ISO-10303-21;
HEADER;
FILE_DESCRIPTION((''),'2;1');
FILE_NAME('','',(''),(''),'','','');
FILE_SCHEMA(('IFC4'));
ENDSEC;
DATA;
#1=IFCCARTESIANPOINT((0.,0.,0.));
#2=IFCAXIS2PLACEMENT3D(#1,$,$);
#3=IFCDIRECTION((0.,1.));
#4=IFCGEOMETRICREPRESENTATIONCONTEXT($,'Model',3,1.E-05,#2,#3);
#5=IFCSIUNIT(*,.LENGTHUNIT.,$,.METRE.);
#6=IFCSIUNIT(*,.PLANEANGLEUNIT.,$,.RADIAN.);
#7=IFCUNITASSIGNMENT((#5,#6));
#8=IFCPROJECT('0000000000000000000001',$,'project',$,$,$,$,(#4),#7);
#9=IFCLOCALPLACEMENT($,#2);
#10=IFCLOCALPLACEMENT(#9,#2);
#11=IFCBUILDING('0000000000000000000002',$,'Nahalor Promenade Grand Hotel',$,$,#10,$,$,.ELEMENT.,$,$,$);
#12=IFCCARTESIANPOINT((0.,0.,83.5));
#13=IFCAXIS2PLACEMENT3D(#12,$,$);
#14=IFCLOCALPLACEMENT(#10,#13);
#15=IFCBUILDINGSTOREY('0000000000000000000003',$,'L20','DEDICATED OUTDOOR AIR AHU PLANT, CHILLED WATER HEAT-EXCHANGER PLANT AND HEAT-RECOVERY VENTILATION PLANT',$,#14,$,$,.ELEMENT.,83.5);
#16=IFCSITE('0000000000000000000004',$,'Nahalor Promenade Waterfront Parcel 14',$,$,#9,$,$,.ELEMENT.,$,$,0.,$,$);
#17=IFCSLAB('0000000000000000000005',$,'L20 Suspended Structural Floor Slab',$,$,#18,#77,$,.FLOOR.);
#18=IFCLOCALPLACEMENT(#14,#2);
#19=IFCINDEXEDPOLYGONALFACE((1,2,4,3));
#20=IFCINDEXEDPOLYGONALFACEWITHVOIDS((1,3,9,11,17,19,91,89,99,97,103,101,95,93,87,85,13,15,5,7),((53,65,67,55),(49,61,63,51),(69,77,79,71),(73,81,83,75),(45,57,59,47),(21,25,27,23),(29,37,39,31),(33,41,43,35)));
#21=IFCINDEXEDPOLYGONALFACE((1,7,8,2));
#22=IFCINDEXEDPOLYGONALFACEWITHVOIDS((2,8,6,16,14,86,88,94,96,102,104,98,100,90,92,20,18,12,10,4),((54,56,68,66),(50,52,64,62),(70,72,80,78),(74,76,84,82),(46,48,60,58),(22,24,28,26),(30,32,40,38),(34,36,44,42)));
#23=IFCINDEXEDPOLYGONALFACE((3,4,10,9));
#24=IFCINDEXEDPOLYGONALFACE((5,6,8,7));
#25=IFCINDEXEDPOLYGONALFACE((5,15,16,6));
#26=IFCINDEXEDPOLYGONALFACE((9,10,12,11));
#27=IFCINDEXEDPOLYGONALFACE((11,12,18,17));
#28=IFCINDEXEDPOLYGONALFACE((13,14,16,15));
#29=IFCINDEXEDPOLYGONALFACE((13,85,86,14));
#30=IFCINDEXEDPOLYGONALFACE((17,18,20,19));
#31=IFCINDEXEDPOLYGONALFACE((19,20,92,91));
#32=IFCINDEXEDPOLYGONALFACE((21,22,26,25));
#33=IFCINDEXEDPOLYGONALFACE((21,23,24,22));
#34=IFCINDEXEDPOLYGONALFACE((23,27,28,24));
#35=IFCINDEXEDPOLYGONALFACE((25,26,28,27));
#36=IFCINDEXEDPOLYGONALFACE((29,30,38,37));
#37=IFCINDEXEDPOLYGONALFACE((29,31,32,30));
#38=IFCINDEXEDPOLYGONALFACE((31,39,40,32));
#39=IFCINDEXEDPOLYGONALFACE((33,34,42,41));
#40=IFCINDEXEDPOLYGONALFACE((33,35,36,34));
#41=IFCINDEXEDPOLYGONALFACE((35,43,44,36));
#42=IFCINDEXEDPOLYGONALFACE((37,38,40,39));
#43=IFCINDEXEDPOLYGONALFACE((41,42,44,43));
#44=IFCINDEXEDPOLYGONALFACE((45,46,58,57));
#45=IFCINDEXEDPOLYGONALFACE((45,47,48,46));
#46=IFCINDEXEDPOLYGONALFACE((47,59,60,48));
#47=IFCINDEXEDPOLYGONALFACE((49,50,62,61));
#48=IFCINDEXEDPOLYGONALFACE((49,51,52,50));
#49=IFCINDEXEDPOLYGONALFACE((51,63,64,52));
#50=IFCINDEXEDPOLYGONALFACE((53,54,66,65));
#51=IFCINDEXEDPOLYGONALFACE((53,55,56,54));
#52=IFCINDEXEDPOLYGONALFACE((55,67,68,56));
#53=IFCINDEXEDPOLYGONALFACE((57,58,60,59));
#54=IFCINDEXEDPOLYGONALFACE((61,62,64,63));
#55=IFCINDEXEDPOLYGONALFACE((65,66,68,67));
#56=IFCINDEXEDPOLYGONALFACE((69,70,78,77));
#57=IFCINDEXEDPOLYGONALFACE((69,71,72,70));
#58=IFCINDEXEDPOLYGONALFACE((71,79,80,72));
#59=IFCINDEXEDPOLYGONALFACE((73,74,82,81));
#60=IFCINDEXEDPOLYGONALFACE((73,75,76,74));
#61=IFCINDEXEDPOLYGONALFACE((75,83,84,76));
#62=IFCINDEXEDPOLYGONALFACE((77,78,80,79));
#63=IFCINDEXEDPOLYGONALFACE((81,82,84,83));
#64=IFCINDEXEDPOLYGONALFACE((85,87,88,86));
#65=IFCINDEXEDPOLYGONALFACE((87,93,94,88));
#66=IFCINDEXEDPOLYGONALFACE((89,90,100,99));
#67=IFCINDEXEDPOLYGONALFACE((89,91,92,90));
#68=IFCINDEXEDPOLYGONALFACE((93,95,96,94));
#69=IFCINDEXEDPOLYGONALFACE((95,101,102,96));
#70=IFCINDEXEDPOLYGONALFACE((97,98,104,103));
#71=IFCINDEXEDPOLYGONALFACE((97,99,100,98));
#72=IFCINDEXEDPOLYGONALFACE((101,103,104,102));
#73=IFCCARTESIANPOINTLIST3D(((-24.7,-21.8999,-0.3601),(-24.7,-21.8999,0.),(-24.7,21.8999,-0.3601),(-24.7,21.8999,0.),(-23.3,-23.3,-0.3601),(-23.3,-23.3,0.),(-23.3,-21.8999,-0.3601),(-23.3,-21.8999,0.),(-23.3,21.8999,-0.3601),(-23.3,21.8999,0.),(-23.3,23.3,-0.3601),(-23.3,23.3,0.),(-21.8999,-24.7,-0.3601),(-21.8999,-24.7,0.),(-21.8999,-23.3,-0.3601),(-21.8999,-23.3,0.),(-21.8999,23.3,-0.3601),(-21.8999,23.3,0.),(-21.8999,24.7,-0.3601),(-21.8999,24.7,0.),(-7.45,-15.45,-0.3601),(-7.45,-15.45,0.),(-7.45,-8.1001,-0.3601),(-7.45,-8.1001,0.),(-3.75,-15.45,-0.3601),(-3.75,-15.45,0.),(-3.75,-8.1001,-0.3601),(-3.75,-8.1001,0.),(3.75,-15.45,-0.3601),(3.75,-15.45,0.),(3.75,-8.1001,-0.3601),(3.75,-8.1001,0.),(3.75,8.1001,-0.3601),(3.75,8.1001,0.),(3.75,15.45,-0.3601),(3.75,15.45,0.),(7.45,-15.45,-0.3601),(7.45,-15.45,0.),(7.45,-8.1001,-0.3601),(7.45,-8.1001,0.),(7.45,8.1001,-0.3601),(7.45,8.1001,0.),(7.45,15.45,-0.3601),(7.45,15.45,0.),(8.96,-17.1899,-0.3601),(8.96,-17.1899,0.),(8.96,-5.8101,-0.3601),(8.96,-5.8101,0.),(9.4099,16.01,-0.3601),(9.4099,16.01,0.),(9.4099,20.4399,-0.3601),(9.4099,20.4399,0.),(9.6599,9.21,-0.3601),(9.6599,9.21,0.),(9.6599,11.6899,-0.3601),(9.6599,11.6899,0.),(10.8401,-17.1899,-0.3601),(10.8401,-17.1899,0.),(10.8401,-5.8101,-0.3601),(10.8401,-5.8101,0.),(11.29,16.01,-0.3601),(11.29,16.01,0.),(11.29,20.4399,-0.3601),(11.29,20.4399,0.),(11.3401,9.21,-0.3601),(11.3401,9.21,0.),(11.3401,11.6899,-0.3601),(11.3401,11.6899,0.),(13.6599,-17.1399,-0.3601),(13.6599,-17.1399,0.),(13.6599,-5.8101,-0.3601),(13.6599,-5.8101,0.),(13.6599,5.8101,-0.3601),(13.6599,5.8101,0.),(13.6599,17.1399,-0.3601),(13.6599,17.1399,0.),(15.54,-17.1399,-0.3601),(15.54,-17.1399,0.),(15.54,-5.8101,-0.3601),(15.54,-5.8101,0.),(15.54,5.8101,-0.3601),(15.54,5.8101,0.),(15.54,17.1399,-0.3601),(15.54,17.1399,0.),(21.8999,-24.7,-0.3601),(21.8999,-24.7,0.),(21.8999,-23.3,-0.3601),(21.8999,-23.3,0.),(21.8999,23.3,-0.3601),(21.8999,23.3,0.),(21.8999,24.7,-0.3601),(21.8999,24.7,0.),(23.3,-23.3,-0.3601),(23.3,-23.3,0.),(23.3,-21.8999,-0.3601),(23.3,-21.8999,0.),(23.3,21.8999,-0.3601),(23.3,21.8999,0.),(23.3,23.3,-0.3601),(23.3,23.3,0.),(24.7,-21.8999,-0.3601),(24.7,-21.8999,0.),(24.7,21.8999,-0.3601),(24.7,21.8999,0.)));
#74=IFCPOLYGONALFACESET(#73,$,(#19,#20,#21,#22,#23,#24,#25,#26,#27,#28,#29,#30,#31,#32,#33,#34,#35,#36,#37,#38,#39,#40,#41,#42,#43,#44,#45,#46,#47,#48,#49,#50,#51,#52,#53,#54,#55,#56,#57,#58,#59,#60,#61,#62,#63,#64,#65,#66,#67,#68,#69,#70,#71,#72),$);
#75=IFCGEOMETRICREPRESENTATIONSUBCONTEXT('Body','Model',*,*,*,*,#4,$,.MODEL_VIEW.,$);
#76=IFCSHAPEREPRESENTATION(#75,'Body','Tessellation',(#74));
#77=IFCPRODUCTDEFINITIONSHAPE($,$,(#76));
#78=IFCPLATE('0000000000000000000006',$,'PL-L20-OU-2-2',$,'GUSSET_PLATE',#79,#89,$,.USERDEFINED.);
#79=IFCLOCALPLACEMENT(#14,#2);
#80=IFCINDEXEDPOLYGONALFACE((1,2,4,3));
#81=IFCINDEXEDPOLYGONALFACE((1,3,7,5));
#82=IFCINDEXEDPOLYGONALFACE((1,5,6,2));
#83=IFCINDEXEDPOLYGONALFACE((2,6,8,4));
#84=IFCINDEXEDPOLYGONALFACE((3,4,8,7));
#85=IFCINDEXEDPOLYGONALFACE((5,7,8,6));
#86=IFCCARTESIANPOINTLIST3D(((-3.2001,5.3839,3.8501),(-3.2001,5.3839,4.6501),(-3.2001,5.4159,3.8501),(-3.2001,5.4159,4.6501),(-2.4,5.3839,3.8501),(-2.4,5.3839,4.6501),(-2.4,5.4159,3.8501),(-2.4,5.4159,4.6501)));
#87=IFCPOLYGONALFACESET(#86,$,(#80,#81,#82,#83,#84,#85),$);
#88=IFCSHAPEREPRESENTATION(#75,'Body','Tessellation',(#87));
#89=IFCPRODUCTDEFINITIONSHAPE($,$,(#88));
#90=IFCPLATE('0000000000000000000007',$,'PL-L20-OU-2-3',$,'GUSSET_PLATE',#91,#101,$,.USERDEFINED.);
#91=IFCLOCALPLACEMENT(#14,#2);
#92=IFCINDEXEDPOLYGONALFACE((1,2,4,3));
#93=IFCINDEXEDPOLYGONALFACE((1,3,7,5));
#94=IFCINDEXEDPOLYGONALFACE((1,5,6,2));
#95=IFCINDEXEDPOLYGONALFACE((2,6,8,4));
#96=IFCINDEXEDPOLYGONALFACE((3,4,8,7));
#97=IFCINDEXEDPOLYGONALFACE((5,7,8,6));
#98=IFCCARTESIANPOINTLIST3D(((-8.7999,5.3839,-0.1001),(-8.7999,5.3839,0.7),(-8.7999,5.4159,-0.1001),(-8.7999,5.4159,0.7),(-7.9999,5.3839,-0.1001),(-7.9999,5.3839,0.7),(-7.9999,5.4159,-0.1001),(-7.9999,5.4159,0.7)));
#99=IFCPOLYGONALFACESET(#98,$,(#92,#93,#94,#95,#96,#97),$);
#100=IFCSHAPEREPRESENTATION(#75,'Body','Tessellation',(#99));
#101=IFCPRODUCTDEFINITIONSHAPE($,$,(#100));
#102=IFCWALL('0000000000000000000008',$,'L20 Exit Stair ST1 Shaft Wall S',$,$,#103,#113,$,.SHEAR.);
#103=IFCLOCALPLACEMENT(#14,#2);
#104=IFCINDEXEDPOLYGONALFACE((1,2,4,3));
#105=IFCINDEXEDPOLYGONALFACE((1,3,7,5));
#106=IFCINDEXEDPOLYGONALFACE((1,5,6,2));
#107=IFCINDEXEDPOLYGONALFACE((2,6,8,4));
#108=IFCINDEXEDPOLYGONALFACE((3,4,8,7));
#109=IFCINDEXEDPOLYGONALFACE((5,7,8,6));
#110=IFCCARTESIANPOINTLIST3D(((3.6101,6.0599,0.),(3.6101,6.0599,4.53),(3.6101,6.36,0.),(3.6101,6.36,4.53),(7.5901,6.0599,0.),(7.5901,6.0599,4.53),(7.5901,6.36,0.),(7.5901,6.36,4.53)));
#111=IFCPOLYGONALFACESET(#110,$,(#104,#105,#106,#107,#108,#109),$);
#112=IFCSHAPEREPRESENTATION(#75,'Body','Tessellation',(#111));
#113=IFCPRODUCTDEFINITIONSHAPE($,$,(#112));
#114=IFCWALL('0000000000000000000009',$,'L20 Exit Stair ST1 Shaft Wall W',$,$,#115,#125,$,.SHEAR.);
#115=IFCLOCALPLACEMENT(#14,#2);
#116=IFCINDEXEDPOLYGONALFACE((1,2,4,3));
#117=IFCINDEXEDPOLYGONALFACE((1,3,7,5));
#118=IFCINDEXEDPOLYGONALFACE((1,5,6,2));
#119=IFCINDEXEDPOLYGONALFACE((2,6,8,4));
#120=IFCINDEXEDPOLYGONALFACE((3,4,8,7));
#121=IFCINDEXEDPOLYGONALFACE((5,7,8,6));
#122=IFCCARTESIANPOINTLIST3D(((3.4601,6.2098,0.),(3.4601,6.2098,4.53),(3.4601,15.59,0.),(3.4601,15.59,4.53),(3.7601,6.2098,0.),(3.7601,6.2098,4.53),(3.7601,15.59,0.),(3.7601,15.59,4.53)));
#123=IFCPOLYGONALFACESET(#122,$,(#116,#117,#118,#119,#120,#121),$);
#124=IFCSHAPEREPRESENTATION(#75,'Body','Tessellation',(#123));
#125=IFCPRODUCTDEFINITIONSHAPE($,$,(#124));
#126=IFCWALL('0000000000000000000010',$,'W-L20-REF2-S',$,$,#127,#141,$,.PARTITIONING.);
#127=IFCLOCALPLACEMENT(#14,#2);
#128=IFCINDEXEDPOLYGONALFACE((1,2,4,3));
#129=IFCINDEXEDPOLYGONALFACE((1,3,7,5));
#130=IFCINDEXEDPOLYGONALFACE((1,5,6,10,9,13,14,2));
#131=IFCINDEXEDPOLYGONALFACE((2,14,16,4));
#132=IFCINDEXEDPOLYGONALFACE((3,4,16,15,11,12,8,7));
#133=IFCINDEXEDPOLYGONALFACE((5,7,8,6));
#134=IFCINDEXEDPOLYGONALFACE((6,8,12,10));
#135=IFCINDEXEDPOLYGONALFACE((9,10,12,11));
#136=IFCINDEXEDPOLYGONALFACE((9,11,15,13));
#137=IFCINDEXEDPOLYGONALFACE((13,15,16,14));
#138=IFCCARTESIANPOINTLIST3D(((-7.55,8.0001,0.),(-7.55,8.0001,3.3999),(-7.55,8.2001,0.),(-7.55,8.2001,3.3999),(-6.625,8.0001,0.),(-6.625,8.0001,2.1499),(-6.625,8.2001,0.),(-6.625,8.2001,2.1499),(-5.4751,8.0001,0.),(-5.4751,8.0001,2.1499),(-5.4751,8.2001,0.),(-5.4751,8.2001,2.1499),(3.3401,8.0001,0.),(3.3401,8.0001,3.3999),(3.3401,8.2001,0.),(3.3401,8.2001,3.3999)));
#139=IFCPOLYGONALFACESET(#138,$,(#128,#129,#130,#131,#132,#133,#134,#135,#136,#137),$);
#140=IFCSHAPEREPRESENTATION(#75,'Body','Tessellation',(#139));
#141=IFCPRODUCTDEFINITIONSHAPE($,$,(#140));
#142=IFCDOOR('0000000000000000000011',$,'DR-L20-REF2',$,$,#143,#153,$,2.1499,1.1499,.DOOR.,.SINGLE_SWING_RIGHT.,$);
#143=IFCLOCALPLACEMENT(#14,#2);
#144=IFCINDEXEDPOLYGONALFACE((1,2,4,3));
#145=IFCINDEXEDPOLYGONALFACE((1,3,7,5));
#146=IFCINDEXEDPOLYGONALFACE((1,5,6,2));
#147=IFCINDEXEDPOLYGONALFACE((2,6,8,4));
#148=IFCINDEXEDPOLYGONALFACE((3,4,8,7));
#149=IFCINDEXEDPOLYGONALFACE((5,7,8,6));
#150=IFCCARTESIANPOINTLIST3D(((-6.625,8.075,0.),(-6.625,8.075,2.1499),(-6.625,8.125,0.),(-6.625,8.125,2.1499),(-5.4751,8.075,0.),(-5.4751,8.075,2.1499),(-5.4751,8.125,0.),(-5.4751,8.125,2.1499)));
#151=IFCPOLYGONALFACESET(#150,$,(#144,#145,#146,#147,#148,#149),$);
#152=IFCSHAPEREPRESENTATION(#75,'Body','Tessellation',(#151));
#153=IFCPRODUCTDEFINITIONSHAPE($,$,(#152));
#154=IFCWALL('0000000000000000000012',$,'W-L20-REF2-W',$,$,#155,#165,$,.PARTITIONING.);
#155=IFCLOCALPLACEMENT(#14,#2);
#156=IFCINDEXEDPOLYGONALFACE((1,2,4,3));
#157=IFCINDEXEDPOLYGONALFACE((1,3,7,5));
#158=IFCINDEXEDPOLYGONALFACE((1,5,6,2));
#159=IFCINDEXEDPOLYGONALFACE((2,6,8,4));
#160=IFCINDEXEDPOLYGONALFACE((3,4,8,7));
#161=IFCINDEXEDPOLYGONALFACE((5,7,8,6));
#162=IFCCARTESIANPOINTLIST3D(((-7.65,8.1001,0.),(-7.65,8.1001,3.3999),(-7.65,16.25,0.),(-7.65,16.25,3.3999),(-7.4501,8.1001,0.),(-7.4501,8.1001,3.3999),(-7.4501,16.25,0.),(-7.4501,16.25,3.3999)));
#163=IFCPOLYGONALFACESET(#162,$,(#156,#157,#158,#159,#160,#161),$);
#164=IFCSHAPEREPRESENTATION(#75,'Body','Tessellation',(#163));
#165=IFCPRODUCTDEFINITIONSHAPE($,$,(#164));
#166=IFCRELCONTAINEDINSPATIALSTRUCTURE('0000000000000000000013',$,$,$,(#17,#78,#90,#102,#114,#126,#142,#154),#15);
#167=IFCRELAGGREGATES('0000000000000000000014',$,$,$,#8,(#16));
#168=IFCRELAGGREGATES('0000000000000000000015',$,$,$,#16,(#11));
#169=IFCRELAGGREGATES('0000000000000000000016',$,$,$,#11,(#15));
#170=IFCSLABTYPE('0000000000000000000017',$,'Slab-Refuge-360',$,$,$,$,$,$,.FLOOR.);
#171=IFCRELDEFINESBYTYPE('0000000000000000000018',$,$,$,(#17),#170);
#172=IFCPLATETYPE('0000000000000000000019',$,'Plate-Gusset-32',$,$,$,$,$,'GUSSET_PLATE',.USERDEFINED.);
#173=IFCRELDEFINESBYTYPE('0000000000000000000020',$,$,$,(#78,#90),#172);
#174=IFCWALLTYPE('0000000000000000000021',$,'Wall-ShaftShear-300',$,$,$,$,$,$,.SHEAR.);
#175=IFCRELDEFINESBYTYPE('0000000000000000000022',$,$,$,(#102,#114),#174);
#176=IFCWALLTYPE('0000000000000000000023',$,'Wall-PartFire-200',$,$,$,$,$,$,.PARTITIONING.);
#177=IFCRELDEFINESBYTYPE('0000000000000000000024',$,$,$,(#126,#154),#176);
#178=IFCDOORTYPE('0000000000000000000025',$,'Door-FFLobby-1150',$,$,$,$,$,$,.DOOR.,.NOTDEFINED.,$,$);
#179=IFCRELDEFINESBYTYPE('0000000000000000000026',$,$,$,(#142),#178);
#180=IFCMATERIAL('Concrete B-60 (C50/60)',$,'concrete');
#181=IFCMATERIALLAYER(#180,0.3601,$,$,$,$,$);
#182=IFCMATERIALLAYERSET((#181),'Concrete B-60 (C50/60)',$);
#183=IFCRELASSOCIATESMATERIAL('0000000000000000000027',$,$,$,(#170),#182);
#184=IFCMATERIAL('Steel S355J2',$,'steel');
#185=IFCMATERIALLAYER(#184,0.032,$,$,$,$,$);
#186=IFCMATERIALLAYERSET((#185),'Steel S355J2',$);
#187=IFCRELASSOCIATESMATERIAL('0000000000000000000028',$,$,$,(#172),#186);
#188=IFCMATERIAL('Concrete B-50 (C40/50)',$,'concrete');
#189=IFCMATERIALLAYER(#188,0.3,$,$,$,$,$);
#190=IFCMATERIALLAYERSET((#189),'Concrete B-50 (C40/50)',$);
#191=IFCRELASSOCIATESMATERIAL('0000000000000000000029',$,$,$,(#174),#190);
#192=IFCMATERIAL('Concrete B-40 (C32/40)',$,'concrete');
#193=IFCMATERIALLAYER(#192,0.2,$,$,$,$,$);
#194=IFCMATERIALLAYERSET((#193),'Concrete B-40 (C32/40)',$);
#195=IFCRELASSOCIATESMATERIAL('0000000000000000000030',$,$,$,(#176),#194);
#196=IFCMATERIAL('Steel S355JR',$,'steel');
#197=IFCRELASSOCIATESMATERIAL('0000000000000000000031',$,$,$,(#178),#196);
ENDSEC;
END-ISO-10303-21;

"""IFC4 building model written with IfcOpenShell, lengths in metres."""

from ifc_helpers import new_model, si_unit, direction, frame, frame_2d, origin, origin_2d, place, context, subcontext, project, spatial, polyline, rectangle, outline, extrude, source, transform, mapped, material, layer, layer_set, type_object, element, fill, save


model = new_model("IFC4")

# Units and contexts
model_context = context("Model", 3, precision=1e-05, world=origin(), true_north=direction((0.0, 1.0)))
body_context = subcontext(model_context, "Body", "Model", "MODEL_VIEW")
ifc_project = project(units=[si_unit("LENGTHUNIT", "METRE"), si_unit("PLANEANGLEUNIT", "RADIAN")], contexts=[model_context])

# Site, building, storey
site_placement = place(None, origin())
site = spatial("IfcSite", under=ifc_project, at=site_placement, Name="Nahalor Promenade Waterfront Parcel 14", CompositionType="ELEMENT", RefElevation=0.0)
building_placement = place(site_placement, origin())
building = spatial("IfcBuilding", under=site, at=building_placement, Name="Nahalor Promenade Grand Hotel", CompositionType="ELEMENT")
storey_placement = place(building_placement, frame((0.0, 0.0, 83.5)))
storey = spatial("IfcBuildingStorey", under=building, at=storey_placement, Name="L20", Description="DEDICATED OUTDOOR AIR AHU PLANT, CHILLED WATER HEAT-EXCHANGER PLANT AND HEAT-RECOVERY VENTILATION PLANT", CompositionType="ELEMENT", Elevation=83.5)

# Shared definitions
ifc_material_1 = material(Name="Steel S355JR", Category="steel")

# Shared definitions
ifc_material_2 = material(Name="Steel S355J2", Category="steel")

# Shared definitions
ifc_material_3 = material(Name="Concrete B-50 (C40/50)", Category="concrete")

# Slab
ifc_material_4 = material(Name="Concrete B-60 (C50/60)", Category="concrete")
ifc_layer_1 = layer(ifc_material_4, 0.3601)
ifc_layer_set_1 = layer_set([ifc_layer_1], Name="Concrete B-60 (C50/60)")
slab_type_1 = type_object("IfcSlabType", Name="Slab-Refuge-360", PredefinedType="FLOOR", material=ifc_layer_set_1)
slab_1_placement = place(storey_placement, frame((0.0, 0.0, -0.3601)))
element("IfcSlab", 1, at=slab_1_placement, inside=storey, type_object=slab_type_1, Name="L20 Suspended Structural Floor Slab", PredefinedType="FLOOR", context=body_context, shape_type="SweptSolid", body=[
    extrude(outline(polyline([(-21.8999, -24.7), (21.8999, -24.7), (21.8999, -23.3), (23.3, -23.3), (23.3, -21.8999), (24.7, -21.8999), (24.7, 21.8999), (23.3, 21.8999), (23.3, 23.3), (21.8999, 23.3), (21.8999, 24.7), (-21.8999, 24.7), (-21.8999, 23.3), (-23.3, 23.3), (-23.3, 21.8999), (-24.7, 21.8999), (-24.7, -21.8999), (-23.3, -21.8999), (-23.3, -23.3), (-21.8999, -23.3), (-21.8999, -24.7)]), holes=[polyline([(3.75, 8.1001), (7.45, 8.1001), (7.45, 15.45), (3.75, 15.45), (3.75, 8.1001)]), polyline([(3.75, -15.45), (7.45, -15.45), (7.45, -8.1001), (3.75, -8.1001), (3.75, -15.45)]), polyline([(-7.45, -15.45), (-3.75, -15.45), (-3.75, -8.1001), (-7.45, -8.1001), (-7.45, -15.45)]), polyline([(13.6599, 5.8101), (15.54, 5.8101), (15.54, 17.1399), (13.6599, 17.1399), (13.6599, 5.8101)]), polyline([(13.6599, -17.1399), (15.54, -17.1399), (15.54, -5.8101), (13.6599, -5.8101), (13.6599, -17.1399)]), polyline([(8.96, -17.1899), (10.8401, -17.1899), (10.8401, -5.8101), (8.96, -5.8101), (8.96, -17.1899)]), polyline([(9.4099, 16.01), (11.29, 16.01), (11.29, 20.4399), (9.4099, 20.4399), (9.4099, 16.01)]), polyline([(9.6599, 9.21), (11.3401, 9.21), (11.3401, 11.6899), (9.6599, 11.6899), (9.6599, 9.21)])]), origin(), (0.0, 0.0, 1.0), 0.3601),
])

# Plates
ifc_layer_2 = layer(ifc_material_2, 0.032)
ifc_layer_set_2 = layer_set([ifc_layer_2], Name="Steel S355J2")
plate_type = type_object("IfcPlateType", Name="Plate-Gusset-32", ElementType="GUSSET_PLATE", PredefinedType="USERDEFINED", material=ifc_layer_set_2)
shared_shape_1 = source(origin(), body_context, "Body", "SweptSolid", [
    extrude(rectangle(XDim=0.8, YDim=0.032, at=origin_2d()), origin(), (0.0, 0.0, 1.0), 0.8),
])
for number, where, z_axis, x_axis, name in (
    (2, (-2.8, 5.3999, 3.8501), (0.0, 0.0, 1.0), (1.0, 0.0, 0.0), "PL-L20-OU-2-2"),
    (3, (-8.3999, 5.3999, -0.1001), (0.0, 0.0, 1.0), (1.0, 0.0, 0.0), "PL-L20-OU-2-3"),
):
    element("IfcPlate", number, at=place(storey_placement, frame(where, z_axis=z_axis, x_axis=x_axis)), inside=storey, type_object=plate_type, Name=name, ObjectType="GUSSET_PLATE", PredefinedType="USERDEFINED", context=body_context, shape_type="MappedRepresentation", body=[
        mapped(shared_shape_1, transform((0.0, 0.0, 0.0), scale=1.0)),
    ])

# Walls
ifc_layer_3 = layer(ifc_material_3, 0.3)
ifc_layer_set_3 = layer_set([ifc_layer_3], Name="Concrete B-50 (C40/50)")
wall_type_1 = type_object("IfcWallType", Name="Wall-ShaftShear-300", PredefinedType="SHEAR", material=ifc_layer_set_3)
shared_shape_2 = source(origin(), body_context, "Body", "SweptSolid", [
    extrude(rectangle(XDim=3.98, YDim=0.3, at=frame_2d((1.99, 0.0))), origin(), (0.0, 0.0, 1.0), 4.53),
])
wall_1_placement = place(storey_placement, frame((3.6101, 6.21, 0.0), z_axis=(0.0, 0.0, 1.0), x_axis=(1.0, 0.0, 0.0)))
element("IfcWall", 4, at=wall_1_placement, inside=storey, type_object=wall_type_1, Name="L20 Exit Stair ST1 Shaft Wall S", PredefinedType="SHEAR", context=body_context, shape_type="MappedRepresentation", body=[
    mapped(shared_shape_2, transform((0.0, 0.0, 0.0), scale=1.0)),
])
shared_shape_3 = source(origin(), body_context, "Body", "SweptSolid", [
    extrude(rectangle(XDim=9.3801, YDim=0.3, at=frame_2d((4.6899, 0.0))), origin(), (0.0, 0.0, 1.0), 4.53),
])
wall_2_placement = place(storey_placement, frame((3.6101, 6.21, 0.0), z_axis=(0.0, 0.0, 1.0), x_axis=(0.0, 1.0, 0.0)))
element("IfcWall", 5, at=wall_2_placement, inside=storey, type_object=wall_type_1, Name="L20 Exit Stair ST1 Shaft Wall W", PredefinedType="SHEAR", context=body_context, shape_type="MappedRepresentation", body=[
    mapped(shared_shape_3, transform((0.0, 0.0, 0.0), scale=1.0)),
])

# Wall, opening, door
ifc_material_5 = material(Name="Concrete B-40 (C32/40)", Category="concrete")
ifc_layer_4 = layer(ifc_material_5, 0.2)
ifc_layer_set_4 = layer_set([ifc_layer_4], Name="Concrete B-40 (C32/40)")
wall_type_2 = type_object("IfcWallType", Name="Wall-PartFire-200", PredefinedType="PARTITIONING", material=ifc_layer_set_4)
shared_shape_4 = source(origin(), body_context, "Body", "SweptSolid", [
    extrude(rectangle(XDim=10.8901, YDim=0.2, at=frame_2d((5.4451, 0.0))), origin(), (0.0, 0.0, 1.0), 3.3999),
])
wall_3_placement = place(storey_placement, frame((-7.55, 8.1001, 0.0), z_axis=(0.0, 0.0, 1.0), x_axis=(1.0, 0.0, 0.0)))
wall_3 = element("IfcWall", 6, at=wall_3_placement, inside=storey, type_object=wall_type_2, Name="W-L20-REF2-S", PredefinedType="PARTITIONING", context=body_context, shape_type="MappedRepresentation", body=[
    mapped(shared_shape_4, transform((0.0, 0.0, 0.0), scale=1.0)),
])
opening_1_placement = place(wall_3_placement, frame((0.925, 0.0, 0.0)))
opening_1 = element("IfcOpeningElement", 7, at=opening_1_placement, cuts=wall_3, PredefinedType="OPENING", context=body_context, shape_type="SweptSolid", body=[
    extrude(rectangle(XDim=1.1499, YDim=2.1499, at=frame_2d((0.575, 1.075))), frame((0.0, 0.1099, 0.0), z_axis=(0.0, -1.0, 0.0), x_axis=(1.0, 0.0, 0.0)), (0.0, 0.0, 1.0), 0.22),
])
door_type = type_object("IfcDoorType", Name="Door-FFLobby-1150", OperationType="NOTDEFINED", PredefinedType="DOOR", material=ifc_material_1)
shared_shape_5 = source(origin(), body_context, "Body", "SweptSolid", [
    extrude(rectangle(XDim=1.1499, YDim=2.1499, at=frame_2d((0.575, 1.075))), frame((0.0, 0.0249, 0.0), z_axis=(0.0, -1.0, 0.0), x_axis=(1.0, 0.0, 0.0)), (0.0, 0.0, 1.0), 0.05),
])
door_1_placement = place(opening_1_placement, origin())
door_1 = element("IfcDoor", 8, at=door_1_placement, inside=storey, type_object=door_type, Name="DR-L20-REF2", OperationType="SINGLE_SWING_RIGHT", OverallHeight=2.1499, OverallWidth=1.1499, PredefinedType="DOOR", context=body_context, shape_type="MappedRepresentation", body=[
    mapped(shared_shape_5, transform((0.0, 0.0, 0.0), scale=1.0)),
])
fill(opening_1, door_1)

# Wall
shared_shape_6 = source(origin(), body_context, "Body", "SweptSolid", [
    extrude(rectangle(XDim=8.1499, YDim=0.2, at=frame_2d((4.075, 0.0))), origin(), (0.0, 0.0, 1.0), 3.3999),
])
for number, where, z_axis, x_axis, name in (
    (9, (-7.55, 8.1001, 0.0), (0.0, 0.0, 1.0), (0.0, 1.0, 0.0), "W-L20-REF2-W"),
):
    element("IfcWall", number, at=place(storey_placement, frame(where, z_axis=z_axis, x_axis=x_axis)), inside=storey, type_object=wall_type_2, Name=name, PredefinedType="PARTITIONING", context=body_context, shape_type="MappedRepresentation", body=[
        mapped(shared_shape_6, transform((0.0, 0.0, 0.0), scale=1.0)),
    ])

save(model, "model.ifc")
